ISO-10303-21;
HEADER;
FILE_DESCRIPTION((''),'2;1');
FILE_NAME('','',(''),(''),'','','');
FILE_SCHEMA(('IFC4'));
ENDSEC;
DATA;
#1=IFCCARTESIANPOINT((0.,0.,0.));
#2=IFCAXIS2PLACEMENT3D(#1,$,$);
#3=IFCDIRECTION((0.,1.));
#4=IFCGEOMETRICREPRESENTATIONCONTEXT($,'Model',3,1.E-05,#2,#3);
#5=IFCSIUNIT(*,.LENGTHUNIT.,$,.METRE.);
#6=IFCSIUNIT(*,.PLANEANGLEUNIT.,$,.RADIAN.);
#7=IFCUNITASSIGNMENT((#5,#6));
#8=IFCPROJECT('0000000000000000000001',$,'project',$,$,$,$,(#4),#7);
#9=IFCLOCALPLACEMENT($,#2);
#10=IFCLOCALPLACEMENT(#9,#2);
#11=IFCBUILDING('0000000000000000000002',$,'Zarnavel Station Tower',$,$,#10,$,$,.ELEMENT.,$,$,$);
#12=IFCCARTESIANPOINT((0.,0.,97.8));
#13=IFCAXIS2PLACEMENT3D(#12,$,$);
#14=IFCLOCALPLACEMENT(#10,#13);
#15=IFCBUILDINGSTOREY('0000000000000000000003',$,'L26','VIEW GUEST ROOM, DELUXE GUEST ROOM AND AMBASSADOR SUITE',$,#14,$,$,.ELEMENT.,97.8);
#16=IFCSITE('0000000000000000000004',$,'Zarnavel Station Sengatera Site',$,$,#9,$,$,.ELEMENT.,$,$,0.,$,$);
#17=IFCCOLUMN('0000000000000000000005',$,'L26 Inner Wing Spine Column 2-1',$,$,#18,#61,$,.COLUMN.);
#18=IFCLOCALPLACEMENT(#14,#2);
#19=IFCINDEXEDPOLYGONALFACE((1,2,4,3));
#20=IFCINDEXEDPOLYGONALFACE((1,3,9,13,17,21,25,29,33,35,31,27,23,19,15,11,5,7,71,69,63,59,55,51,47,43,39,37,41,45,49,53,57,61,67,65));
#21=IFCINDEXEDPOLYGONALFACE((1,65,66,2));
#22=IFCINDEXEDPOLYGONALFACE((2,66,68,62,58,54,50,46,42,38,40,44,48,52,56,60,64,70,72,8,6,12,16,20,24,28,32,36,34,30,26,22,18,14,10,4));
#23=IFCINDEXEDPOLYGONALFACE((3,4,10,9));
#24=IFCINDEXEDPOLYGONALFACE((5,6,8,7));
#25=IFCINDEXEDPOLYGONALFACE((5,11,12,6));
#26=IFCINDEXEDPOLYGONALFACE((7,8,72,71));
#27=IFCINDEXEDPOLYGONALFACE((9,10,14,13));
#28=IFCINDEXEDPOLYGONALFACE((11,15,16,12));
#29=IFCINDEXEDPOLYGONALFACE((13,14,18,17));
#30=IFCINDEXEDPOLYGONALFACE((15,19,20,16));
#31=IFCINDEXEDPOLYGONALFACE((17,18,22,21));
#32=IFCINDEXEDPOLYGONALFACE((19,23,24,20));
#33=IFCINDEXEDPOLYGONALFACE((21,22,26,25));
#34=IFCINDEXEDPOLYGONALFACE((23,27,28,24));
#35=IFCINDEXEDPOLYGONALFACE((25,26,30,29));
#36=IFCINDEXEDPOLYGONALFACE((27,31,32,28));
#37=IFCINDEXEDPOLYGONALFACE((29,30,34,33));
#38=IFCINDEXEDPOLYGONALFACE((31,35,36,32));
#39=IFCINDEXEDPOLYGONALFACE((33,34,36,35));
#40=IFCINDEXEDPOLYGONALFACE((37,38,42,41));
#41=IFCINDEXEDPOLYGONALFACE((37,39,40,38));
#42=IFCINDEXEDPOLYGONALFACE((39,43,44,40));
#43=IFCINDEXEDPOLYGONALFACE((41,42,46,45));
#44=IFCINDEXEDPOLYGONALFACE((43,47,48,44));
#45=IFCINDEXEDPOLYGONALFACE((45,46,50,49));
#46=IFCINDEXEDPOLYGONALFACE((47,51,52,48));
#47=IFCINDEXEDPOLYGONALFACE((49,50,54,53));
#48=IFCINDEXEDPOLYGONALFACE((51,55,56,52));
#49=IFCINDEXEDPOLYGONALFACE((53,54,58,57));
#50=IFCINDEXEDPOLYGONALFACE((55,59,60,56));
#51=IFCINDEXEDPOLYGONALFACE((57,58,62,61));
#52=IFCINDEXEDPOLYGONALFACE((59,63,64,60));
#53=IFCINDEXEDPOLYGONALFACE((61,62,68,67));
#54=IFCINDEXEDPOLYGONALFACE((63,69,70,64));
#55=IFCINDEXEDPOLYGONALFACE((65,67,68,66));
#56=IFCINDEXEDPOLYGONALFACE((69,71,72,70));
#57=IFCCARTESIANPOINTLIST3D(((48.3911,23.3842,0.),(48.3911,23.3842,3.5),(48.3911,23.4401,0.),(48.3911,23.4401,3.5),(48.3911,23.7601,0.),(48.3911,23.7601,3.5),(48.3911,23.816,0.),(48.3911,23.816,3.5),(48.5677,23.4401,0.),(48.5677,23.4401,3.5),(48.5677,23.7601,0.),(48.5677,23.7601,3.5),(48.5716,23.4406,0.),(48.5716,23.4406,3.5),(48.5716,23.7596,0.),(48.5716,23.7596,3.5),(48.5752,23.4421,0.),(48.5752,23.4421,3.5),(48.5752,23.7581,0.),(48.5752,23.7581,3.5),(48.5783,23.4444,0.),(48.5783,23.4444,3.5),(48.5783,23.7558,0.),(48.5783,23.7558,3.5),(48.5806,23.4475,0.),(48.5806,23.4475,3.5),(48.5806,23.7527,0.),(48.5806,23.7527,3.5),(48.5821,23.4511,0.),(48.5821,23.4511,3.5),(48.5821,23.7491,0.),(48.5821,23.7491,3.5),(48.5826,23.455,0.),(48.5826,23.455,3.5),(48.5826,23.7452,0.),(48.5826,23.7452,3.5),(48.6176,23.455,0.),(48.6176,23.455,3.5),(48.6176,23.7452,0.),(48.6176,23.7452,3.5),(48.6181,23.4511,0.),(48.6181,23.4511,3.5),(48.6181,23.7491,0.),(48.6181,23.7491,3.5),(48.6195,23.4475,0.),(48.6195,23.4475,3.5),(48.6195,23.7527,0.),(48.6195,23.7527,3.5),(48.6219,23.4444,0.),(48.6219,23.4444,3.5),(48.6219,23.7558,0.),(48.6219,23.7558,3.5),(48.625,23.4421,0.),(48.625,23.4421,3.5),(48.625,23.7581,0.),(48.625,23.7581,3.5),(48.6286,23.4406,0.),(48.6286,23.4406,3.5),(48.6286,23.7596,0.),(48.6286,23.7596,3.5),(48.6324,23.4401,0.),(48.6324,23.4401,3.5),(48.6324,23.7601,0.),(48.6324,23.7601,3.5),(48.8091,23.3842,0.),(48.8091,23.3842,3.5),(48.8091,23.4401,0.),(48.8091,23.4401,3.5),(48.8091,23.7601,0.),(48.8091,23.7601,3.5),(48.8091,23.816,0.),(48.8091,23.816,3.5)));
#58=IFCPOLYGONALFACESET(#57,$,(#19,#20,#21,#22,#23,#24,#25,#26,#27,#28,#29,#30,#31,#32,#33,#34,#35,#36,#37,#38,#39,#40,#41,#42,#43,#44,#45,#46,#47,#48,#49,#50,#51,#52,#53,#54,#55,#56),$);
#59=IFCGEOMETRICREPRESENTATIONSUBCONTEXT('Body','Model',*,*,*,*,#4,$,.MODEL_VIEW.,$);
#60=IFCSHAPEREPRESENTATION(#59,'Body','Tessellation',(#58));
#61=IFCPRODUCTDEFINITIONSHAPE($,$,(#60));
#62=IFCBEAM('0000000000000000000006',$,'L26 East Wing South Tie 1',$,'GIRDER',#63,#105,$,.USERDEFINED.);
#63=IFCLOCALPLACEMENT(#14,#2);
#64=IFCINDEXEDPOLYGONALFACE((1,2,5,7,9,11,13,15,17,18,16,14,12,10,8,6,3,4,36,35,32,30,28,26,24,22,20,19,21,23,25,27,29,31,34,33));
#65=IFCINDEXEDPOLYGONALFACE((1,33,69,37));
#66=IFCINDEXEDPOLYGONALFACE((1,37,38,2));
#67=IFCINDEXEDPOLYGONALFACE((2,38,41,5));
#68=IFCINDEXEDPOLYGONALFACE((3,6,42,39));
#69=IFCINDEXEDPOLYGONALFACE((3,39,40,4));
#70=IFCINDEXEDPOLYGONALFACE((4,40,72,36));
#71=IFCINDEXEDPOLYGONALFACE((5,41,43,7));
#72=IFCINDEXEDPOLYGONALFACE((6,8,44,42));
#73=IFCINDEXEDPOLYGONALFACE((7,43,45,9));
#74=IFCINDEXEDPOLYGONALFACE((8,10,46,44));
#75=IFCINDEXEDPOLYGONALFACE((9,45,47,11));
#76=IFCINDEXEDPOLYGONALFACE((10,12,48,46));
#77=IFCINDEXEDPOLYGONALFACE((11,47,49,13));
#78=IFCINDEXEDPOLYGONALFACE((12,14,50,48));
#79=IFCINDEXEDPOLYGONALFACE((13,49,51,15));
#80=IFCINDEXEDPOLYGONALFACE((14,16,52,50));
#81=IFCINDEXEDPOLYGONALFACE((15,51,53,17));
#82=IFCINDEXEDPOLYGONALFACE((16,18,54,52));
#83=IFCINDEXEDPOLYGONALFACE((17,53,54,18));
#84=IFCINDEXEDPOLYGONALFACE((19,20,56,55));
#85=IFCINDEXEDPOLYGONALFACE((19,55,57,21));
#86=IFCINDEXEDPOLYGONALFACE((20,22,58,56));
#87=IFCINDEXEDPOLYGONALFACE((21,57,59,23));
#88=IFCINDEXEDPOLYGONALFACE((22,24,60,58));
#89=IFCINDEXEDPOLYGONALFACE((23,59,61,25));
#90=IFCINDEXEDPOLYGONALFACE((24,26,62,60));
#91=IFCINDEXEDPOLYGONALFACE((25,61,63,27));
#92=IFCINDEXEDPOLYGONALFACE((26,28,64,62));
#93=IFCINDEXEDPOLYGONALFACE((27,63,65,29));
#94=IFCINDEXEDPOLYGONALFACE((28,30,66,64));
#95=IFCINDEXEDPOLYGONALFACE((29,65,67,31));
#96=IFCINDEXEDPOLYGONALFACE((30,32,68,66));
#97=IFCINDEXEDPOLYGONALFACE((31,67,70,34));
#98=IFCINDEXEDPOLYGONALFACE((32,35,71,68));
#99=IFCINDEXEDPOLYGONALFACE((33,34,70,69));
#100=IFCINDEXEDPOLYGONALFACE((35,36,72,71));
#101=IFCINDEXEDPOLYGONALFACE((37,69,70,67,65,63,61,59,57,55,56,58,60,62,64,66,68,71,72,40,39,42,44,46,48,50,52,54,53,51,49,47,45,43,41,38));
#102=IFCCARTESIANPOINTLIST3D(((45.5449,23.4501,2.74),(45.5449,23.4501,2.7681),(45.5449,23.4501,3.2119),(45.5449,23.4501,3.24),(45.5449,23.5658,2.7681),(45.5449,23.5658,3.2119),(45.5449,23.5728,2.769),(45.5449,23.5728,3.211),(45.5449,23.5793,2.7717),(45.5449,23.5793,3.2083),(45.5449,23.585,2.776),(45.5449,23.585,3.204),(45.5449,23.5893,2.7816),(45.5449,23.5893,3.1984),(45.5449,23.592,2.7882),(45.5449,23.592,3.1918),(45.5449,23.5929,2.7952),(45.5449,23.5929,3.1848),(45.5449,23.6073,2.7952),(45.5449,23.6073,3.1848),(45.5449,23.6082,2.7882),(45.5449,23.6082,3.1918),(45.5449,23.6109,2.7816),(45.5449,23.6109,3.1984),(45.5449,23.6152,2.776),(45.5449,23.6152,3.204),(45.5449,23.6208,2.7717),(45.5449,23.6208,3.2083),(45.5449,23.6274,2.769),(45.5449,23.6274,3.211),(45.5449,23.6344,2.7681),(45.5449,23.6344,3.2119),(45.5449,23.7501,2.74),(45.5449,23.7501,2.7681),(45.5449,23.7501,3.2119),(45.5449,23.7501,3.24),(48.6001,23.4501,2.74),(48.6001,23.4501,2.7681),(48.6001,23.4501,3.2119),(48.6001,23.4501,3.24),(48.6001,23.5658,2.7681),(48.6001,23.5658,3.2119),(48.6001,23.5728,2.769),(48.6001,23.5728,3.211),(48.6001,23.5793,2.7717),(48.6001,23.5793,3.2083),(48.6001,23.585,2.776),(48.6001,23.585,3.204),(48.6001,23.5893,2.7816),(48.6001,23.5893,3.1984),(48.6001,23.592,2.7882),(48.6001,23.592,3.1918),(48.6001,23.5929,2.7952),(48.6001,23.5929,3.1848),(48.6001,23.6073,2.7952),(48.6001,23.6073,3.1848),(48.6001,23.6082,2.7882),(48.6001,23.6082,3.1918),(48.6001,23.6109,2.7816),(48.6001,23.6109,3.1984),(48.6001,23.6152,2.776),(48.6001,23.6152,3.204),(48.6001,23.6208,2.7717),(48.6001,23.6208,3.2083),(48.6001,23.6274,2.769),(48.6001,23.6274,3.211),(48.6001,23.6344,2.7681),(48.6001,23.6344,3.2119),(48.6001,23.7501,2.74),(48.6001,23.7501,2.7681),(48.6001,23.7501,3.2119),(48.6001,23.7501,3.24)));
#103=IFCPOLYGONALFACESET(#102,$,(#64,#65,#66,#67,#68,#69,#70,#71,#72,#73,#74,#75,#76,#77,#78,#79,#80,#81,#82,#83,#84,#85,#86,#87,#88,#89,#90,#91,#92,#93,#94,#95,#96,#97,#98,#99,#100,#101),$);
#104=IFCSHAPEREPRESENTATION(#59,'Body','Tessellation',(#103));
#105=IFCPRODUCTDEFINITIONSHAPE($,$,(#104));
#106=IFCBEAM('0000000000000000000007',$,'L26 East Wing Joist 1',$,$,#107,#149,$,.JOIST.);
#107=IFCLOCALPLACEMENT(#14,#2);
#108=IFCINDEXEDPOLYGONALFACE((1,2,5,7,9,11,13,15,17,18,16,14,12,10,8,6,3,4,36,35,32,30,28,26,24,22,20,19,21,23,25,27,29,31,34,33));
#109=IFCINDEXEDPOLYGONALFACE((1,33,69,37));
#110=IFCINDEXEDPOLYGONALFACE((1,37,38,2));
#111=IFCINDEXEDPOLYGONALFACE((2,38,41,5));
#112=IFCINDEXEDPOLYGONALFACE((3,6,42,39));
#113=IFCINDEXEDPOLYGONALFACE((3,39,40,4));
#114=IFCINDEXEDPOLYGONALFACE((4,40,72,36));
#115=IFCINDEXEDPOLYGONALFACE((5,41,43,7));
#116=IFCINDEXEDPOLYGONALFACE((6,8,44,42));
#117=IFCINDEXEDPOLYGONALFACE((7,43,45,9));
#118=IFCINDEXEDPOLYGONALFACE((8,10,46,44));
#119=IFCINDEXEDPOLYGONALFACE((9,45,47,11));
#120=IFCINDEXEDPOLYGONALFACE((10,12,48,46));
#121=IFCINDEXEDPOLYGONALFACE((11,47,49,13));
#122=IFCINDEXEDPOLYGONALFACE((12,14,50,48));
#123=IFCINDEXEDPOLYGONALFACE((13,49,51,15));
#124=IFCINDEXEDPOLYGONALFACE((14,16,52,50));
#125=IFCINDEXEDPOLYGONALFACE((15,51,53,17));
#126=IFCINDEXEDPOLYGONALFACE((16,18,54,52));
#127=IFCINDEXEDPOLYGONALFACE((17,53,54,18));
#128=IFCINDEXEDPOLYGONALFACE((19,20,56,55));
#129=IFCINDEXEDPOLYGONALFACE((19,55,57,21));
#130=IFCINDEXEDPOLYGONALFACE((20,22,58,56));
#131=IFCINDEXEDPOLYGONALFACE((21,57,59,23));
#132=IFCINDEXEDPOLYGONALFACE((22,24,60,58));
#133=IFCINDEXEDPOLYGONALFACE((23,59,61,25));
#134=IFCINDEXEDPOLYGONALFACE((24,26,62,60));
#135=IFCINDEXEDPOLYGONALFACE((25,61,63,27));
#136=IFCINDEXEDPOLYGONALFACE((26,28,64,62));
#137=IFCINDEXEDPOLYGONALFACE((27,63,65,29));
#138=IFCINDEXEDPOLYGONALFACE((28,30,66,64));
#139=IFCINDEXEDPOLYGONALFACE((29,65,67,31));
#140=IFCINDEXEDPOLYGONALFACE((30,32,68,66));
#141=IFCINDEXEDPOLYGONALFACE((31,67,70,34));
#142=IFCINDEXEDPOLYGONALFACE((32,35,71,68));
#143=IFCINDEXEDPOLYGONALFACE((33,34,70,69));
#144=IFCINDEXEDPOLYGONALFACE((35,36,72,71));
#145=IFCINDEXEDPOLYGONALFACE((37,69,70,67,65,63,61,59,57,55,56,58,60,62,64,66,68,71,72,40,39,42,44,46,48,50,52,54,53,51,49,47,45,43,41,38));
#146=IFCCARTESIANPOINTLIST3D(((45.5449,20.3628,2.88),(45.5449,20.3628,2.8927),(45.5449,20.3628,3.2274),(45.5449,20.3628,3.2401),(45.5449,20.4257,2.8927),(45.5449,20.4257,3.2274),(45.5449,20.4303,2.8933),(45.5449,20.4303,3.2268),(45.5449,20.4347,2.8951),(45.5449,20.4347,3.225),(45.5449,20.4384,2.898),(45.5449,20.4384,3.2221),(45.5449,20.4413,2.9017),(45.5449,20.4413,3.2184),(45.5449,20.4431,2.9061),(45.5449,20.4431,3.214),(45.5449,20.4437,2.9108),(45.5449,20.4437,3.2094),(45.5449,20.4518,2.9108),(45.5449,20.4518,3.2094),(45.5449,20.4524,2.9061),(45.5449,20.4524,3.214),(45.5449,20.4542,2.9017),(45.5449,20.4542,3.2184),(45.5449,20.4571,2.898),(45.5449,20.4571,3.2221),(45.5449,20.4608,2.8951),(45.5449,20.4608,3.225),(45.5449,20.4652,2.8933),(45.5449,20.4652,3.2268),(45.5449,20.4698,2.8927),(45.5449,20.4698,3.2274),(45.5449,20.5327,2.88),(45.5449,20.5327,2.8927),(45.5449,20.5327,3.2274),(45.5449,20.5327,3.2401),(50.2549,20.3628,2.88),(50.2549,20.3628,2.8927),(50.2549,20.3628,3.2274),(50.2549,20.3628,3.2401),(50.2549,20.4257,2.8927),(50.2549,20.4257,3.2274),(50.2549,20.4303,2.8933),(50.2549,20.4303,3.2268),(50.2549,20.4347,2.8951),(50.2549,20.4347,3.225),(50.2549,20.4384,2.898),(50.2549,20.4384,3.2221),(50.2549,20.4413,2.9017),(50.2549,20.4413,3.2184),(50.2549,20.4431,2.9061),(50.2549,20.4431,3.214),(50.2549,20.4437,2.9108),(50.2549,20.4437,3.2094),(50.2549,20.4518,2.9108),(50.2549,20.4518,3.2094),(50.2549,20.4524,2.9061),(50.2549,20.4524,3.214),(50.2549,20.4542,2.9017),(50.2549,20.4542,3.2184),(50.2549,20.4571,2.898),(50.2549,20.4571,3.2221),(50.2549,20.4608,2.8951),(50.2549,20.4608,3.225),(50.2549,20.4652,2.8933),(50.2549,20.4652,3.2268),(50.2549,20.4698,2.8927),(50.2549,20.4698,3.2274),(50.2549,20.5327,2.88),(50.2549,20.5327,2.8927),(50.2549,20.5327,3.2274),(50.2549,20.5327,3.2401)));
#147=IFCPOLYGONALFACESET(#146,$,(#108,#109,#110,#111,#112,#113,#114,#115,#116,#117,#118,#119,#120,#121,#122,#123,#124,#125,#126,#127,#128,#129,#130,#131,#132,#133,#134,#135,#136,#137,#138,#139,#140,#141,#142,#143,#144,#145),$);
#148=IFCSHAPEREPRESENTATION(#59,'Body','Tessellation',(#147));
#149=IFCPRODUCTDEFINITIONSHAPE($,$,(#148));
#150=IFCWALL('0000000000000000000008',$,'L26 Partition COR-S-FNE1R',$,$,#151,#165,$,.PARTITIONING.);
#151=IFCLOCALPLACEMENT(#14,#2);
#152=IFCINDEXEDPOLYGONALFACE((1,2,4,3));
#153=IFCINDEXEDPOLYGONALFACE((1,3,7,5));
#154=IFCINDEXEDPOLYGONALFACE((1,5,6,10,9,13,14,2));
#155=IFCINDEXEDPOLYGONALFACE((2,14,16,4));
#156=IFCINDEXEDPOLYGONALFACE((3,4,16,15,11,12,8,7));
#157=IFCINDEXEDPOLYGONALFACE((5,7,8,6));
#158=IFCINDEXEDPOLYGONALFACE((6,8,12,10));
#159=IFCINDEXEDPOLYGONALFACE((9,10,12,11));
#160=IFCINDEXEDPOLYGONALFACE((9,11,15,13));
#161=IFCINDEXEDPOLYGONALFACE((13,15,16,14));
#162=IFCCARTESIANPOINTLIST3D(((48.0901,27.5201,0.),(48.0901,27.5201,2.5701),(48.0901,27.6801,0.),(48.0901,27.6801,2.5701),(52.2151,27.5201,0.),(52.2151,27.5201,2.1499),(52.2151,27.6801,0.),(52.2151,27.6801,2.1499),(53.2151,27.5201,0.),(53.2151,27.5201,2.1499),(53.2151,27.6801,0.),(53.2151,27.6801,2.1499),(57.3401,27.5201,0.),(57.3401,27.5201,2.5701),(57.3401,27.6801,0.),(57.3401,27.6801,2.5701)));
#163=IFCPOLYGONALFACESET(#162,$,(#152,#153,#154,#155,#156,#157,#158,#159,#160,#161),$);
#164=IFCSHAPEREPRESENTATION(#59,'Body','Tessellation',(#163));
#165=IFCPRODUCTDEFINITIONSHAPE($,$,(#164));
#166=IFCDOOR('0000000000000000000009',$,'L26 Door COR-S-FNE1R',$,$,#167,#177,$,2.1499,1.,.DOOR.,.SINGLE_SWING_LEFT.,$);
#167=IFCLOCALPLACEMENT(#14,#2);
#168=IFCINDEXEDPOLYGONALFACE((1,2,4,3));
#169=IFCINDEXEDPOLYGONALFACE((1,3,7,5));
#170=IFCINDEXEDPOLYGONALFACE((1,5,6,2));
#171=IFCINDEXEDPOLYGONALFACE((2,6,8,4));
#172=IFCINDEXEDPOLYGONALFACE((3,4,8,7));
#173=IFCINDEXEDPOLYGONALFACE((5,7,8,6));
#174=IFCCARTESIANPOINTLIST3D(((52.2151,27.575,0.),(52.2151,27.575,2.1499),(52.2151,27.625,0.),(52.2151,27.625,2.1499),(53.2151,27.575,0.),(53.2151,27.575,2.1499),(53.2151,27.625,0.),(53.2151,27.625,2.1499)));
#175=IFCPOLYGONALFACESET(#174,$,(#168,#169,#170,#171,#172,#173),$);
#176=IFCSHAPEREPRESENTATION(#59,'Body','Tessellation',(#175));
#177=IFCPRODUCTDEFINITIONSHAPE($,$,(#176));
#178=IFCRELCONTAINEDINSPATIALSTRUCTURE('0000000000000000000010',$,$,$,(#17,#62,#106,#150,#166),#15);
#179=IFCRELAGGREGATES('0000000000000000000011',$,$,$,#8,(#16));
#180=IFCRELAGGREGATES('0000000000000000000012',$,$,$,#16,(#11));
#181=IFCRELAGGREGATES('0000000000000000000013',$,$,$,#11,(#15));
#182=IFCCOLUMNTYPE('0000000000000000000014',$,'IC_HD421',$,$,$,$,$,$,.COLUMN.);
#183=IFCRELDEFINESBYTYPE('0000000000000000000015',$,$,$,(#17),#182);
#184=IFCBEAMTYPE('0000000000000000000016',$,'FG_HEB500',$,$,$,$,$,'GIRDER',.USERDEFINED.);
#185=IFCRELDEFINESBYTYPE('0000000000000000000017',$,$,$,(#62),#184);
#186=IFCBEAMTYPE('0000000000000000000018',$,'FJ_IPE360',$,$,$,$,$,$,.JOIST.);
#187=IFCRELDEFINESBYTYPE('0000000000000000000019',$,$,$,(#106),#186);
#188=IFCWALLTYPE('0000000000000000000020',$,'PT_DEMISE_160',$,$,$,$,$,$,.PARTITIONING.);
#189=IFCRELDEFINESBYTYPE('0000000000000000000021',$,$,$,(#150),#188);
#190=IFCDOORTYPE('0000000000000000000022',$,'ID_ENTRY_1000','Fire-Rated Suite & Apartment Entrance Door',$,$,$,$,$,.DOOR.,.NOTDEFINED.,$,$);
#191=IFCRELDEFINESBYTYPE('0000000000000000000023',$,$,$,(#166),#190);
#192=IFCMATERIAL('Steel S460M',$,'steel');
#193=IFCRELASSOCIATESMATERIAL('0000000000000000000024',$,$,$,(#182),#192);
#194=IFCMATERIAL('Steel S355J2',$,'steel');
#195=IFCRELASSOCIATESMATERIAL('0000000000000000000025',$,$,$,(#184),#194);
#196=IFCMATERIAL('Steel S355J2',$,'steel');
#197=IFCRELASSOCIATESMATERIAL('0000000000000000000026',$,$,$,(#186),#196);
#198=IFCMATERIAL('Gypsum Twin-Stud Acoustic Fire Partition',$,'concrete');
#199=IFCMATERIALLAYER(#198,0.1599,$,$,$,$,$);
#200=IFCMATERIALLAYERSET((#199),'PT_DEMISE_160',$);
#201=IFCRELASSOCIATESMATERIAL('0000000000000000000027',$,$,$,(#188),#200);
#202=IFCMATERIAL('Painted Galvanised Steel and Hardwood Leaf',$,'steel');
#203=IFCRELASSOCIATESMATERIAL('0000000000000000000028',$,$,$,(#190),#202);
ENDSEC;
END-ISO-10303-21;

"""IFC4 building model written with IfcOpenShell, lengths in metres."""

from ifc_helpers import new_model, si_unit, direction, frame, frame_2d, origin, origin_2d, place, context, subcontext, project, spatial, rectangle, i_section, extrude, material, layer, layer_set, material_profile, profile_set, type_object, element, fill, save


model = new_model("IFC4")

# Units and contexts
model_context = context("Model", 3, precision=1e-05, world=origin(), true_north=direction((0.0, 1.0)))
body_context = subcontext(model_context, "Body", "Model", "MODEL_VIEW")
ifc_project = project(units=[si_unit("LENGTHUNIT", "METRE"), si_unit("PLANEANGLEUNIT", "RADIAN")], contexts=[model_context])

# Site, building, storey
site_placement = place(None, origin())
site = spatial("IfcSite", under=ifc_project, at=site_placement, Name="Zarnavel Station Sengatera Site", CompositionType="ELEMENT", RefElevation=0.0)
building_placement = place(site_placement, origin())
building = spatial("IfcBuilding", under=site, at=building_placement, Name="Zarnavel Station Tower", CompositionType="ELEMENT")
storey_placement = place(building_placement, frame((0.0, 0.0, 97.8)))
storey = spatial("IfcBuildingStorey", under=building, at=storey_placement, Name="L26", Description="VIEW GUEST ROOM, DELUXE GUEST ROOM AND AMBASSADOR SUITE", CompositionType="ELEMENT", Elevation=97.8)

# Column
ifc_material_1 = material(Name="Steel S460M", Category="steel")
ifc_material_profile_1 = material_profile(ifc_material_1, i_section(OverallWidth=0.418, OverallDepth=0.4319, WebThickness=0.0349, FlangeThickness=0.0559, FilletRadius=0.0149, at=origin_2d()), Name="HD400x421")
ifc_profile_set_1 = profile_set([ifc_material_profile_1], Name="Steel S460M")
column_type = type_object("IfcColumnType", Name="IC_HD421", PredefinedType="COLUMN", material=ifc_profile_set_1)
column_placement = place(storey_placement, frame((48.6001, 23.6001, 0.0), z_axis=(0.0, 0.0, 1.0), x_axis=(1.0, 0.0, 0.0)))
element("IfcColumn", 1, at=column_placement, inside=storey, type_object=column_type, Name="L26 Inner Wing Spine Column 2-1", PredefinedType="COLUMN", context=body_context, shape_type="SweptSolid", body=[
    extrude(i_section(OverallWidth=0.418, OverallDepth=0.4319, WebThickness=0.0349, FlangeThickness=0.0559, FilletRadius=0.0149, at=origin_2d()), origin(), (0.0, 0.0, 1.0), 3.5),
])

# Beams
ifc_material_2 = material(Name="Steel S355J2", Category="steel")
ifc_material_profile_2 = material_profile(ifc_material_2, i_section(OverallWidth=0.3, OverallDepth=0.5, WebThickness=0.0144, FlangeThickness=0.0281, FilletRadius=0.0271, at=origin_2d()), Name="HEB500")
ifc_profile_set_2 = profile_set([ifc_material_profile_2], Name="Steel S355J2")
beam_type_1 = type_object("IfcBeamType", Name="FG_HEB500", ElementType="GIRDER", PredefinedType="USERDEFINED", material=ifc_profile_set_2)
beam_1_placement = place(storey_placement, frame((45.5449, 23.6001, 2.99), z_axis=(1.0, 0.0, 0.0), x_axis=(0.0, 1.0, 0.0)))
element("IfcBeam", 2, at=beam_1_placement, inside=storey, type_object=beam_type_1, Name="L26 East Wing South Tie 1", ObjectType="GIRDER", PredefinedType="USERDEFINED", context=body_context, shape_type="SweptSolid", body=[
    extrude(i_section(OverallWidth=0.3, OverallDepth=0.5, WebThickness=0.0144, FlangeThickness=0.0281, FilletRadius=0.0271, at=origin_2d()), origin(), (0.0, 0.0, 1.0), 3.0552),
])
ifc_material_3 = material(Name="Steel S355J2", Category="steel")
ifc_material_profile_3 = material_profile(ifc_material_3, i_section(OverallWidth=0.1699, OverallDepth=0.3601, WebThickness=0.0081, FlangeThickness=0.0127, FilletRadius=0.0181, at=origin_2d()), Name="IPE360")
ifc_profile_set_3 = profile_set([ifc_material_profile_3], Name="Steel S355J2")
beam_type_2 = type_object("IfcBeamType", Name="FJ_IPE360", PredefinedType="JOIST", material=ifc_profile_set_3)
beam_2_placement = place(storey_placement, frame((45.5449, 20.4478, 3.0601), z_axis=(1.0, 0.0, 0.0), x_axis=(0.0, 1.0, 0.0)))
element("IfcBeam", 3, at=beam_2_placement, inside=storey, type_object=beam_type_2, Name="L26 East Wing Joist 1", PredefinedType="JOIST", context=body_context, shape_type="SweptSolid", body=[
    extrude(i_section(OverallWidth=0.1699, OverallDepth=0.3601, WebThickness=0.0081, FlangeThickness=0.0127, FilletRadius=0.0181, at=origin_2d()), origin(), (0.0, 0.0, 1.0), 4.71),
])

# Wall, opening, door
ifc_material_4 = material(Name="Gypsum Twin-Stud Acoustic Fire Partition", Category="concrete")
ifc_layer_1 = layer(ifc_material_4, 0.1599)
ifc_layer_set_1 = layer_set([ifc_layer_1], Name="PT_DEMISE_160")
wall_type_1 = type_object("IfcWallType", Name="PT_DEMISE_160", PredefinedType="PARTITIONING", material=ifc_layer_set_1)
wall_1_placement = place(storey_placement, frame((48.0901, 27.6001, 0.0), z_axis=(0.0, 0.0, 1.0), x_axis=(1.0, 0.0, 0.0)))
wall_1 = element("IfcWall", 4, at=wall_1_placement, inside=storey, type_object=wall_type_1, Name="L26 Partition COR-S-FNE1R", PredefinedType="PARTITIONING", context=body_context, shape_type="SweptSolid", body=[
    extrude(rectangle(XDim=9.25, YDim=0.1599, at=frame_2d((4.625, 0.0))), origin(), (0.0, 0.0, 1.0), 2.5701),
])
opening_1_placement = place(wall_1_placement, frame((4.125, 0.0, 0.0)))
opening_1 = element("IfcOpeningElement", 5, at=opening_1_placement, cuts=wall_1, PredefinedType="OPENING", context=body_context, shape_type="SweptSolid", body=[
    extrude(rectangle(XDim=1.0, YDim=2.1499, at=frame_2d((0.5, 1.075))), frame((0.0, 0.0898, 0.0), z_axis=(0.0, -1.0, 0.0), x_axis=(1.0, 0.0, 0.0)), (0.0, 0.0, 1.0), 0.1799),
])
ifc_material_5 = material(Name="Painted Galvanised Steel and Hardwood Leaf", Category="steel")
door_type_1 = type_object("IfcDoorType", Name="ID_ENTRY_1000", Description="Fire-Rated Suite & Apartment Entrance Door", OperationType="NOTDEFINED", PredefinedType="DOOR", material=ifc_material_5)
door_1_placement = place(opening_1_placement, origin())
door_1 = element("IfcDoor", 6, at=door_1_placement, inside=storey, type_object=door_type_1, Name="L26 Door COR-S-FNE1R", OperationType="SINGLE_SWING_LEFT", OverallHeight=2.1499, OverallWidth=1.0, PredefinedType="DOOR", context=body_context, shape_type="SweptSolid", body=[
    extrude(rectangle(XDim=1.0, YDim=2.1499, at=frame_2d((0.5, 1.075))), frame((0.0, 0.0249, 0.0), z_axis=(0.0, -1.0, 0.0), x_axis=(1.0, 0.0, 0.0)), (0.0, 0.0, 1.0), 0.05),
])
fill(opening_1, door_1)

save(model, "model.ifc")
